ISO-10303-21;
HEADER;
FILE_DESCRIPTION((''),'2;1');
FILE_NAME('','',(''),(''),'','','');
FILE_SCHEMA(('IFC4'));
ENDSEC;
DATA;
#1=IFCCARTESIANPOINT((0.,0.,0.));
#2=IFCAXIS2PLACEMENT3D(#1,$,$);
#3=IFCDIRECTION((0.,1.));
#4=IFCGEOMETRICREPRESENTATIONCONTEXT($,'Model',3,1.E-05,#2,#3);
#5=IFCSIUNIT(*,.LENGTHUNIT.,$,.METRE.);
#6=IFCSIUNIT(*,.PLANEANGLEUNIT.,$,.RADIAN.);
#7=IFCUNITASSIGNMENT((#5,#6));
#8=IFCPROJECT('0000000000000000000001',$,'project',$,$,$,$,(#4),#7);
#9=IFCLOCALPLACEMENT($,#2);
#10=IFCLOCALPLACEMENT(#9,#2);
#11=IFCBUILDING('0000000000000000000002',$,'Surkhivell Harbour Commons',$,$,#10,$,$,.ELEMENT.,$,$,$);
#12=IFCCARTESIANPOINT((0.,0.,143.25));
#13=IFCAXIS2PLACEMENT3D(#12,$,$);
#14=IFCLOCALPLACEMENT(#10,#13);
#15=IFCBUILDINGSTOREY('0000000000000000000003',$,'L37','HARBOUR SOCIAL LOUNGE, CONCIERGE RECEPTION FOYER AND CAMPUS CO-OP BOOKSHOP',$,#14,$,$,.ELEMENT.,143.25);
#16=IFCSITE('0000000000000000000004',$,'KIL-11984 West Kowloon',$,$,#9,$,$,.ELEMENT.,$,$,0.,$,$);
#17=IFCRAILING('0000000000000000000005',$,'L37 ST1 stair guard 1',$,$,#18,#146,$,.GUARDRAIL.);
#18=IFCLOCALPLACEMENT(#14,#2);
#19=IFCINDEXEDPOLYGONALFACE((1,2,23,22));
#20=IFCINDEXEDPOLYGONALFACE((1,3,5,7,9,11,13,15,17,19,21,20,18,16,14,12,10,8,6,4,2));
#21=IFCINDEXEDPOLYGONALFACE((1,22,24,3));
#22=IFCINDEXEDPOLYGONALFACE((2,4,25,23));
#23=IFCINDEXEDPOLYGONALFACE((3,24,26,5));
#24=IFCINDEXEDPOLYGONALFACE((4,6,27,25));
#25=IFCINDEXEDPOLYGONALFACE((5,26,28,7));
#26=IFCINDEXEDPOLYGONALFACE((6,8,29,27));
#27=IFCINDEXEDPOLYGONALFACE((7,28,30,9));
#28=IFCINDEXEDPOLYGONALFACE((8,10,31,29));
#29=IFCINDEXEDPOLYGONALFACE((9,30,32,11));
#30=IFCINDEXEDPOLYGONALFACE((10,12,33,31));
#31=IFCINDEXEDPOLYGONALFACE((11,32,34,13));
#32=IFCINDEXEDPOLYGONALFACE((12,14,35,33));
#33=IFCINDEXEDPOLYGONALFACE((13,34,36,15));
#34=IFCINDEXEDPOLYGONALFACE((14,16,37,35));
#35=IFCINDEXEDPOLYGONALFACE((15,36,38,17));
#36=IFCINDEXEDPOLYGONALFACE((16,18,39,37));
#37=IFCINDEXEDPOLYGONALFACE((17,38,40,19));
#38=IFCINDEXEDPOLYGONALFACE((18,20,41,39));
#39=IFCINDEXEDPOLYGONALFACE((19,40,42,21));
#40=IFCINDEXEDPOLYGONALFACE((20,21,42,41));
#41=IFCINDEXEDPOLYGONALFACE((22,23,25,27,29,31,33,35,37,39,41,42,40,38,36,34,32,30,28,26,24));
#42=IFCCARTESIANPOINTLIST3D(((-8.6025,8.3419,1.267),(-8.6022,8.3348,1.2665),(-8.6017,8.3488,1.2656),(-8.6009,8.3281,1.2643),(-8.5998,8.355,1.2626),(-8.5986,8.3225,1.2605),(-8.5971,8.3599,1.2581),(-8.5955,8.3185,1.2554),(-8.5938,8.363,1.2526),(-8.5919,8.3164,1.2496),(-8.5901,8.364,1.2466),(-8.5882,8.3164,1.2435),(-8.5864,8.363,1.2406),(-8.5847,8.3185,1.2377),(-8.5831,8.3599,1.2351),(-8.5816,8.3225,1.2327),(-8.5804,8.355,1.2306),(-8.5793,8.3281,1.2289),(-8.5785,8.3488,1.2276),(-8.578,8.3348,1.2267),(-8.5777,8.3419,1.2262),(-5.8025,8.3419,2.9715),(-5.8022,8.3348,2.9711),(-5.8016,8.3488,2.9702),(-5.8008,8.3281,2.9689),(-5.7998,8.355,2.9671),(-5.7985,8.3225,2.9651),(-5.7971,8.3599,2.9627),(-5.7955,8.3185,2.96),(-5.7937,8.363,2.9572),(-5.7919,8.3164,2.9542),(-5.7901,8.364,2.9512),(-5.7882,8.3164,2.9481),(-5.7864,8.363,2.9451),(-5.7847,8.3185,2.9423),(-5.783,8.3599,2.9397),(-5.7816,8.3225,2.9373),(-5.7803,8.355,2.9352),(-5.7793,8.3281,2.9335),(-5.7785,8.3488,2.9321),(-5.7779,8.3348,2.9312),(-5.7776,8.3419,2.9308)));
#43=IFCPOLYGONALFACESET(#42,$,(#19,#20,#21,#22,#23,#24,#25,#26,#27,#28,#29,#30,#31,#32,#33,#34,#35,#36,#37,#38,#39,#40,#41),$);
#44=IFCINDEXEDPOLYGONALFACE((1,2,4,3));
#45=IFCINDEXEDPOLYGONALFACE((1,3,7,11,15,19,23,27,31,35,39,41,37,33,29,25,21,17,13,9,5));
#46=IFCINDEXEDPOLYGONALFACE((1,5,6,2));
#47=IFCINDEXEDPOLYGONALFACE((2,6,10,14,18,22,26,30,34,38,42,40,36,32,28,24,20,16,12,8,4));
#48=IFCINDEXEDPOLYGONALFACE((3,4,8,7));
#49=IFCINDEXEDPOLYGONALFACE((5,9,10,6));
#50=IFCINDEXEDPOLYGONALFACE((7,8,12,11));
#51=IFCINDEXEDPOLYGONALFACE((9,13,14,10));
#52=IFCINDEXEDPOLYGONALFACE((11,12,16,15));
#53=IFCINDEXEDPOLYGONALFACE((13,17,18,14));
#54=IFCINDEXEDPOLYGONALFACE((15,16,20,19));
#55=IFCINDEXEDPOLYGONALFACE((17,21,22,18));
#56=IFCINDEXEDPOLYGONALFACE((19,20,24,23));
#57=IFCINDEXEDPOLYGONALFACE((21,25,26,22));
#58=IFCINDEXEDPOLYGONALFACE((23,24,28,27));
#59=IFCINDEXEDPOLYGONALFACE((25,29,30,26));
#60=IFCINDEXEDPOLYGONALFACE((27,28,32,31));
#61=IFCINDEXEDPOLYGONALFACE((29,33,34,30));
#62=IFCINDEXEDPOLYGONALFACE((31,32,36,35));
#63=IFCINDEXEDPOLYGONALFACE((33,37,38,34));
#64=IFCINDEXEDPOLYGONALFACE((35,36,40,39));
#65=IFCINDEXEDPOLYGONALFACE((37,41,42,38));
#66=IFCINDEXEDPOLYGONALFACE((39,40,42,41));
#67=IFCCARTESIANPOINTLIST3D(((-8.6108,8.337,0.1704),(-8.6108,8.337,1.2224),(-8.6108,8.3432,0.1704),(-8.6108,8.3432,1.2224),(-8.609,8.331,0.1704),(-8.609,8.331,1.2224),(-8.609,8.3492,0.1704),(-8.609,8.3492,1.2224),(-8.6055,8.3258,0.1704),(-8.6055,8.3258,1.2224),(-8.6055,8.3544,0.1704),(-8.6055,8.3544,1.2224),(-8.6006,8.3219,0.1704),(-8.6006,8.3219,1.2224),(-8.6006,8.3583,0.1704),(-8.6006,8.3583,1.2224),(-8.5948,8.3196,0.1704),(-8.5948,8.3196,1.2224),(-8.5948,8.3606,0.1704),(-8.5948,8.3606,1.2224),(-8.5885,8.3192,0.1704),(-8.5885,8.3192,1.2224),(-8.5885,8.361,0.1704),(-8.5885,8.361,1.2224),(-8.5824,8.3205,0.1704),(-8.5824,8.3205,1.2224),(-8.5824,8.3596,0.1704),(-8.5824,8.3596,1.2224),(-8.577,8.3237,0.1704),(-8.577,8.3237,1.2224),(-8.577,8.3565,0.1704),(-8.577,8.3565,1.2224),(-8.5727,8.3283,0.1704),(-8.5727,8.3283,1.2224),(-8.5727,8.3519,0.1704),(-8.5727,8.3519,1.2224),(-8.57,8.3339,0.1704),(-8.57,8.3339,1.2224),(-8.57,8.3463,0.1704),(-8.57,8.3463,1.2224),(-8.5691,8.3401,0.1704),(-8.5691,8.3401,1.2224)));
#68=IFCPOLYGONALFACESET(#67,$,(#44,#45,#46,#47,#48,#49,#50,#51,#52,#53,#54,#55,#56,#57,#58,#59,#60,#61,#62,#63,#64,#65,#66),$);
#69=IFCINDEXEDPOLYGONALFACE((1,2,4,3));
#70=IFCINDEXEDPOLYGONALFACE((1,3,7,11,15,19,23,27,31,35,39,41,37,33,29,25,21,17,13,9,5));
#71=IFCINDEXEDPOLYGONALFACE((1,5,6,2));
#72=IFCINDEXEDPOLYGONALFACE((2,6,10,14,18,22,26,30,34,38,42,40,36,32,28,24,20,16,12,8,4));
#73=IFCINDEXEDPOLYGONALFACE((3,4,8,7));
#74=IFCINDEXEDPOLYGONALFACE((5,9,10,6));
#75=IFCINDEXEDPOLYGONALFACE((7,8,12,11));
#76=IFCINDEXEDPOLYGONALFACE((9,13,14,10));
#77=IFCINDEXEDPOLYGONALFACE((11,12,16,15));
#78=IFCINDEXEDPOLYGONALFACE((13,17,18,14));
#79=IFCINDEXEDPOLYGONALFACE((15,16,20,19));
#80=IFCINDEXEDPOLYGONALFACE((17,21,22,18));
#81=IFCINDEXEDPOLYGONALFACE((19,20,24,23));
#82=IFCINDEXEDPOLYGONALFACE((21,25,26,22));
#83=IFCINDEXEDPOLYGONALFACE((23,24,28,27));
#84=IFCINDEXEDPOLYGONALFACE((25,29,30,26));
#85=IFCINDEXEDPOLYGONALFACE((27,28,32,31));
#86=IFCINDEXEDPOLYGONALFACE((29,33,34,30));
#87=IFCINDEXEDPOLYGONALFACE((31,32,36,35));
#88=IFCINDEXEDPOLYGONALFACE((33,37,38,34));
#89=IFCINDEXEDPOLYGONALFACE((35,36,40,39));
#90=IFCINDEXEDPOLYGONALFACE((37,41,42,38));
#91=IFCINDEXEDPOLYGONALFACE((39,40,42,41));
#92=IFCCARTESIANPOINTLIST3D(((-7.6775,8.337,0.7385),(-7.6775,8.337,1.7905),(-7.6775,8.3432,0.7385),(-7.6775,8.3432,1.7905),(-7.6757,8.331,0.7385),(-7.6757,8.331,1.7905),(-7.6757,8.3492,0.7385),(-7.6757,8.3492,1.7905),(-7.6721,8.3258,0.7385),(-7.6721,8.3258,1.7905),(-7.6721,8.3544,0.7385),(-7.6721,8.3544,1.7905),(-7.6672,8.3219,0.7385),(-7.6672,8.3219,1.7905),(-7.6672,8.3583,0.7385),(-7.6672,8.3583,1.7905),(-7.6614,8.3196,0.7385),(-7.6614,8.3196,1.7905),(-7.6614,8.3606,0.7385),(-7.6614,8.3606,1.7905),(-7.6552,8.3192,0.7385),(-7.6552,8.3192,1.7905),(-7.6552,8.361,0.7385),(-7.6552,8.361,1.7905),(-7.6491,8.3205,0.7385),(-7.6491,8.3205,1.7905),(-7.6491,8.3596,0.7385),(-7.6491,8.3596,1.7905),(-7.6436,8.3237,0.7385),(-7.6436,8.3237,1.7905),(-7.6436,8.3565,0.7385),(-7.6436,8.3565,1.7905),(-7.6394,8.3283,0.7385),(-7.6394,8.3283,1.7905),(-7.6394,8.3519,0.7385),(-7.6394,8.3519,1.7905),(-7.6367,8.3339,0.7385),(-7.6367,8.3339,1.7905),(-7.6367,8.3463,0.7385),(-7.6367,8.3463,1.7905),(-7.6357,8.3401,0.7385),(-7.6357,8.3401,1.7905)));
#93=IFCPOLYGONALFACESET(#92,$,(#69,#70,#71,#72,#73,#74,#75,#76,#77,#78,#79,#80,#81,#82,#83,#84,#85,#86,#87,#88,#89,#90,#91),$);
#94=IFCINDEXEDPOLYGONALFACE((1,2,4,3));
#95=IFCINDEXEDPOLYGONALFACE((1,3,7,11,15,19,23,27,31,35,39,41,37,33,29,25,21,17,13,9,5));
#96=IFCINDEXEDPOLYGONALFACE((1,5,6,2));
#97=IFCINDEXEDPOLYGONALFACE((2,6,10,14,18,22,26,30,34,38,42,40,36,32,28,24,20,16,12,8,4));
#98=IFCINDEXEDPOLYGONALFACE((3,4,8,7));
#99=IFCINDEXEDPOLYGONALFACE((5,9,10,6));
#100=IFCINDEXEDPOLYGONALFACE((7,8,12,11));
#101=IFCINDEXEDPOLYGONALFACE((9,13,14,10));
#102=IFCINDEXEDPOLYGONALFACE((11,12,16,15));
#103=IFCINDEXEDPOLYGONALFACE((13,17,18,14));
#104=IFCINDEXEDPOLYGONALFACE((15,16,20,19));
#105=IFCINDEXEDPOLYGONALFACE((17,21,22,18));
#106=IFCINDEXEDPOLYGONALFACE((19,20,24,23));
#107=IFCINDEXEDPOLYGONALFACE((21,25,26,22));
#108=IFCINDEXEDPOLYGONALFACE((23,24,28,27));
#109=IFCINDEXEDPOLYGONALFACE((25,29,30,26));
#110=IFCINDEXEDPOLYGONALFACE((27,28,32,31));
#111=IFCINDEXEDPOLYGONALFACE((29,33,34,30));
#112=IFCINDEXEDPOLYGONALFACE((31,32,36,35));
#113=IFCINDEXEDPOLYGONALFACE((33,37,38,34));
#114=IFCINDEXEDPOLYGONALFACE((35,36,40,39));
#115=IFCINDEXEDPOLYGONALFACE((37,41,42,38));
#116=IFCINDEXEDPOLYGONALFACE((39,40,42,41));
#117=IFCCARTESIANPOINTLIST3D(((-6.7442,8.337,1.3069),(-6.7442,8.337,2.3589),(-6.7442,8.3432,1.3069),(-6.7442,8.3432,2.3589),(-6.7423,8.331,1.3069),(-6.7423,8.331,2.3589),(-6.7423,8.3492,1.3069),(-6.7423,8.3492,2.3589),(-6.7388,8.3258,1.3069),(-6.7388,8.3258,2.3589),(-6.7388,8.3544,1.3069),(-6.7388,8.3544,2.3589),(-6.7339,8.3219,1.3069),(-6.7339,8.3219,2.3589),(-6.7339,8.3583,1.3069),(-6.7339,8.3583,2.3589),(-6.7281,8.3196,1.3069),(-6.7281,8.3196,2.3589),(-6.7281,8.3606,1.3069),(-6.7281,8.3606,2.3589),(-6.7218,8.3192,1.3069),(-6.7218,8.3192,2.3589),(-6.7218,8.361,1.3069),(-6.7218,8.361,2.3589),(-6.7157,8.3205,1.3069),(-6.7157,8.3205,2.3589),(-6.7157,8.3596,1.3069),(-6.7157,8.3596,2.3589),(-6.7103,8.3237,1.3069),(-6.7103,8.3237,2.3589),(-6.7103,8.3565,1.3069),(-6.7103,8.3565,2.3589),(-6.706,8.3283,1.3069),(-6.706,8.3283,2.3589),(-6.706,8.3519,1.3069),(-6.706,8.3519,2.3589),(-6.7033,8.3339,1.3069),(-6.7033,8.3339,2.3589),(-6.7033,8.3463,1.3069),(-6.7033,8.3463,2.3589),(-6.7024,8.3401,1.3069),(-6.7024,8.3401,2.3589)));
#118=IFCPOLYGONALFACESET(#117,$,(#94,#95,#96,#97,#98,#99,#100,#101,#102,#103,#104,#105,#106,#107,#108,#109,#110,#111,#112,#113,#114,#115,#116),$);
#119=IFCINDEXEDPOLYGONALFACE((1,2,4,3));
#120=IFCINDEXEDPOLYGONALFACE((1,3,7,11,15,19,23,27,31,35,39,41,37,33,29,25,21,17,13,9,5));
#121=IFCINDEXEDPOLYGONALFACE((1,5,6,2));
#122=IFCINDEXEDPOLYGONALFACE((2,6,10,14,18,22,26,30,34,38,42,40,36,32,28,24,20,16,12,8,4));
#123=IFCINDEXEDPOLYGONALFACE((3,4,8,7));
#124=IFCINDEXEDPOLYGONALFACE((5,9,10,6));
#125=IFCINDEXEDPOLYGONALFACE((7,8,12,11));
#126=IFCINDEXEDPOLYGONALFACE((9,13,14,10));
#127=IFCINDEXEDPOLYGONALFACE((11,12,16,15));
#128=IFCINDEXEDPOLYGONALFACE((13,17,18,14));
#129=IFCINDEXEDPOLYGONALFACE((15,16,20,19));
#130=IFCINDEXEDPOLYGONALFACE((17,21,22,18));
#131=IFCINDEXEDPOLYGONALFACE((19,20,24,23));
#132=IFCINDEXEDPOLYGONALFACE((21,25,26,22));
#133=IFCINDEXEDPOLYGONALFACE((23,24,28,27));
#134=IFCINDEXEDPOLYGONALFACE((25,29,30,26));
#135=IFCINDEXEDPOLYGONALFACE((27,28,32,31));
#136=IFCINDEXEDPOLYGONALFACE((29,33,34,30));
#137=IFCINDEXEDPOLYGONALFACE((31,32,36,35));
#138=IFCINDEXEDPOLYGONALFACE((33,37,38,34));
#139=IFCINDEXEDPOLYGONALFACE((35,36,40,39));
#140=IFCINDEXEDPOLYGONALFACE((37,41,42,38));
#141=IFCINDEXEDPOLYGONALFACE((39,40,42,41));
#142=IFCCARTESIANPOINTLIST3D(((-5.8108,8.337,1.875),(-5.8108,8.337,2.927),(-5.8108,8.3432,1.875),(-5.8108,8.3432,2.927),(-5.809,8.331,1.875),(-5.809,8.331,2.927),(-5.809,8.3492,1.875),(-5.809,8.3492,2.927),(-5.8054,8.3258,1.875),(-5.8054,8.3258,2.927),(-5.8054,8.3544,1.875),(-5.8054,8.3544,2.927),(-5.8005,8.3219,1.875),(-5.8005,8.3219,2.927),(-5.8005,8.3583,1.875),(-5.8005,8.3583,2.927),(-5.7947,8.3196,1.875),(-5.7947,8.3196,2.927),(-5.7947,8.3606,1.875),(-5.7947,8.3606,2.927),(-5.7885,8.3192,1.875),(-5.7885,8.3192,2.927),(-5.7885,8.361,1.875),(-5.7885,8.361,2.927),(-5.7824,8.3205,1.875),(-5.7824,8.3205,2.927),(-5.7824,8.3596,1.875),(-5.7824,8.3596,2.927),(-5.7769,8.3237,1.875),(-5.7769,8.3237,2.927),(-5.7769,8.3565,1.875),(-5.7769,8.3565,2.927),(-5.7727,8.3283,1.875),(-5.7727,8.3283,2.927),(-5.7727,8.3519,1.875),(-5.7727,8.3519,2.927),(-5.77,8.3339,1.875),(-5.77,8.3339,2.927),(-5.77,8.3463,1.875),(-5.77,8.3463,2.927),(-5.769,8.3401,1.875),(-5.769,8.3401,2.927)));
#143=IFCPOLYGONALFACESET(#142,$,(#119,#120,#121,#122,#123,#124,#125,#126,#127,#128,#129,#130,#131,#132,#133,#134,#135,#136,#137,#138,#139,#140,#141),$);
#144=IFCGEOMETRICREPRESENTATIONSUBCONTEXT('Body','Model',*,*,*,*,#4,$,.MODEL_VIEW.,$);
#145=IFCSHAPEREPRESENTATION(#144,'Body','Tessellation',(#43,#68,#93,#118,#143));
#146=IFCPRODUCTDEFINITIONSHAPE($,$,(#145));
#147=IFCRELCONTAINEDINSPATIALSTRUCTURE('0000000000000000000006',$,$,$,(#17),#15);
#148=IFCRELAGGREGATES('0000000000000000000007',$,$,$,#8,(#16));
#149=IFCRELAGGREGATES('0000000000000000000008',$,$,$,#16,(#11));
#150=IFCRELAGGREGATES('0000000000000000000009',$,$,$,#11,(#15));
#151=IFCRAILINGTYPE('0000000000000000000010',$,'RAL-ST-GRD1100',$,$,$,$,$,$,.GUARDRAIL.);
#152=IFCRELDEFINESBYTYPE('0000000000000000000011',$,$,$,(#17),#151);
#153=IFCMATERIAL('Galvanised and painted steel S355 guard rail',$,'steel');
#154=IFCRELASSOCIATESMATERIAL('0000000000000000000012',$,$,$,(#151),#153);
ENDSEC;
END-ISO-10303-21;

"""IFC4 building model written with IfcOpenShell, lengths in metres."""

from ifc_helpers import new_model, si_unit, direction, frame, origin, origin_2d, place, context, subcontext, project, spatial, circle, extrude, material, type_object, element, save


model = new_model("IFC4")

# Units and contexts
model_context = context("Model", 3, precision=1e-05, world=origin(), true_north=direction((0.0, 1.0)))
body_context = subcontext(model_context, "Body", "Model", "MODEL_VIEW")
ifc_project = project(units=[si_unit("LENGTHUNIT", "METRE"), si_unit("PLANEANGLEUNIT", "RADIAN")], contexts=[model_context])

# Site, building, storey
site_placement = place(None, origin())
site = spatial("IfcSite", under=ifc_project, at=site_placement, Name="KIL-11984 West Kowloon", CompositionType="ELEMENT", RefElevation=0.0)
building_placement = place(site_placement, origin())
building = spatial("IfcBuilding", under=site, at=building_placement, Name="Surkhivell Harbour Commons", CompositionType="ELEMENT")
storey_placement = place(building_placement, frame((0.0, 0.0, 143.25)))
storey = spatial("IfcBuildingStorey", under=building, at=storey_placement, Name="L37", Description="HARBOUR SOCIAL LOUNGE, CONCIERGE RECEPTION FOYER AND CAMPUS CO-OP BOOKSHOP", CompositionType="ELEMENT", Elevation=143.25)

# Railing
ifc_material_1 = material(Name="Galvanised and painted steel S355 guard rail", Category="steel")
railing_type_1 = type_object("IfcRailingType", Name="RAL-ST-GRD1100", PredefinedType="GUARDRAIL", material=ifc_material_1)
railing_1_placement = place(storey_placement, frame((-8.5901, 8.3401, 0.1704)))
element("IfcRailing", 1, at=railing_1_placement, inside=storey, type_object=railing_type_1, Name="L37 ST1 stair guard 1", PredefinedType="GUARDRAIL", context=body_context, shape_type="SweptSolid", body=[
    extrude(circle(Radius=0.0239, at=origin_2d()), frame((0.0, 0.0, 1.0762), z_axis=(0.85417, 0.0, 0.519994), x_axis=(0.0, 1.0, 0.0)), (0.0, 0.0, 1.0), 3.2781),
    extrude(circle(Radius=0.021, at=origin_2d()), origin(), (0.0, 0.0, 1.0), 1.052),
    extrude(circle(Radius=0.021, at=origin_2d()), frame((0.9333, 0.0, 0.5681)), (0.0, 0.0, 1.0), 1.052),
    extrude(circle(Radius=0.021, at=origin_2d()), frame((1.8667, 0.0, 1.1365)), (0.0, 0.0, 1.0), 1.052),
    extrude(circle(Radius=0.021, at=origin_2d()), frame((2.8, 0.0, 1.7046)), (0.0, 0.0, 1.0), 1.052),
])

save(model, "model.ifc")
